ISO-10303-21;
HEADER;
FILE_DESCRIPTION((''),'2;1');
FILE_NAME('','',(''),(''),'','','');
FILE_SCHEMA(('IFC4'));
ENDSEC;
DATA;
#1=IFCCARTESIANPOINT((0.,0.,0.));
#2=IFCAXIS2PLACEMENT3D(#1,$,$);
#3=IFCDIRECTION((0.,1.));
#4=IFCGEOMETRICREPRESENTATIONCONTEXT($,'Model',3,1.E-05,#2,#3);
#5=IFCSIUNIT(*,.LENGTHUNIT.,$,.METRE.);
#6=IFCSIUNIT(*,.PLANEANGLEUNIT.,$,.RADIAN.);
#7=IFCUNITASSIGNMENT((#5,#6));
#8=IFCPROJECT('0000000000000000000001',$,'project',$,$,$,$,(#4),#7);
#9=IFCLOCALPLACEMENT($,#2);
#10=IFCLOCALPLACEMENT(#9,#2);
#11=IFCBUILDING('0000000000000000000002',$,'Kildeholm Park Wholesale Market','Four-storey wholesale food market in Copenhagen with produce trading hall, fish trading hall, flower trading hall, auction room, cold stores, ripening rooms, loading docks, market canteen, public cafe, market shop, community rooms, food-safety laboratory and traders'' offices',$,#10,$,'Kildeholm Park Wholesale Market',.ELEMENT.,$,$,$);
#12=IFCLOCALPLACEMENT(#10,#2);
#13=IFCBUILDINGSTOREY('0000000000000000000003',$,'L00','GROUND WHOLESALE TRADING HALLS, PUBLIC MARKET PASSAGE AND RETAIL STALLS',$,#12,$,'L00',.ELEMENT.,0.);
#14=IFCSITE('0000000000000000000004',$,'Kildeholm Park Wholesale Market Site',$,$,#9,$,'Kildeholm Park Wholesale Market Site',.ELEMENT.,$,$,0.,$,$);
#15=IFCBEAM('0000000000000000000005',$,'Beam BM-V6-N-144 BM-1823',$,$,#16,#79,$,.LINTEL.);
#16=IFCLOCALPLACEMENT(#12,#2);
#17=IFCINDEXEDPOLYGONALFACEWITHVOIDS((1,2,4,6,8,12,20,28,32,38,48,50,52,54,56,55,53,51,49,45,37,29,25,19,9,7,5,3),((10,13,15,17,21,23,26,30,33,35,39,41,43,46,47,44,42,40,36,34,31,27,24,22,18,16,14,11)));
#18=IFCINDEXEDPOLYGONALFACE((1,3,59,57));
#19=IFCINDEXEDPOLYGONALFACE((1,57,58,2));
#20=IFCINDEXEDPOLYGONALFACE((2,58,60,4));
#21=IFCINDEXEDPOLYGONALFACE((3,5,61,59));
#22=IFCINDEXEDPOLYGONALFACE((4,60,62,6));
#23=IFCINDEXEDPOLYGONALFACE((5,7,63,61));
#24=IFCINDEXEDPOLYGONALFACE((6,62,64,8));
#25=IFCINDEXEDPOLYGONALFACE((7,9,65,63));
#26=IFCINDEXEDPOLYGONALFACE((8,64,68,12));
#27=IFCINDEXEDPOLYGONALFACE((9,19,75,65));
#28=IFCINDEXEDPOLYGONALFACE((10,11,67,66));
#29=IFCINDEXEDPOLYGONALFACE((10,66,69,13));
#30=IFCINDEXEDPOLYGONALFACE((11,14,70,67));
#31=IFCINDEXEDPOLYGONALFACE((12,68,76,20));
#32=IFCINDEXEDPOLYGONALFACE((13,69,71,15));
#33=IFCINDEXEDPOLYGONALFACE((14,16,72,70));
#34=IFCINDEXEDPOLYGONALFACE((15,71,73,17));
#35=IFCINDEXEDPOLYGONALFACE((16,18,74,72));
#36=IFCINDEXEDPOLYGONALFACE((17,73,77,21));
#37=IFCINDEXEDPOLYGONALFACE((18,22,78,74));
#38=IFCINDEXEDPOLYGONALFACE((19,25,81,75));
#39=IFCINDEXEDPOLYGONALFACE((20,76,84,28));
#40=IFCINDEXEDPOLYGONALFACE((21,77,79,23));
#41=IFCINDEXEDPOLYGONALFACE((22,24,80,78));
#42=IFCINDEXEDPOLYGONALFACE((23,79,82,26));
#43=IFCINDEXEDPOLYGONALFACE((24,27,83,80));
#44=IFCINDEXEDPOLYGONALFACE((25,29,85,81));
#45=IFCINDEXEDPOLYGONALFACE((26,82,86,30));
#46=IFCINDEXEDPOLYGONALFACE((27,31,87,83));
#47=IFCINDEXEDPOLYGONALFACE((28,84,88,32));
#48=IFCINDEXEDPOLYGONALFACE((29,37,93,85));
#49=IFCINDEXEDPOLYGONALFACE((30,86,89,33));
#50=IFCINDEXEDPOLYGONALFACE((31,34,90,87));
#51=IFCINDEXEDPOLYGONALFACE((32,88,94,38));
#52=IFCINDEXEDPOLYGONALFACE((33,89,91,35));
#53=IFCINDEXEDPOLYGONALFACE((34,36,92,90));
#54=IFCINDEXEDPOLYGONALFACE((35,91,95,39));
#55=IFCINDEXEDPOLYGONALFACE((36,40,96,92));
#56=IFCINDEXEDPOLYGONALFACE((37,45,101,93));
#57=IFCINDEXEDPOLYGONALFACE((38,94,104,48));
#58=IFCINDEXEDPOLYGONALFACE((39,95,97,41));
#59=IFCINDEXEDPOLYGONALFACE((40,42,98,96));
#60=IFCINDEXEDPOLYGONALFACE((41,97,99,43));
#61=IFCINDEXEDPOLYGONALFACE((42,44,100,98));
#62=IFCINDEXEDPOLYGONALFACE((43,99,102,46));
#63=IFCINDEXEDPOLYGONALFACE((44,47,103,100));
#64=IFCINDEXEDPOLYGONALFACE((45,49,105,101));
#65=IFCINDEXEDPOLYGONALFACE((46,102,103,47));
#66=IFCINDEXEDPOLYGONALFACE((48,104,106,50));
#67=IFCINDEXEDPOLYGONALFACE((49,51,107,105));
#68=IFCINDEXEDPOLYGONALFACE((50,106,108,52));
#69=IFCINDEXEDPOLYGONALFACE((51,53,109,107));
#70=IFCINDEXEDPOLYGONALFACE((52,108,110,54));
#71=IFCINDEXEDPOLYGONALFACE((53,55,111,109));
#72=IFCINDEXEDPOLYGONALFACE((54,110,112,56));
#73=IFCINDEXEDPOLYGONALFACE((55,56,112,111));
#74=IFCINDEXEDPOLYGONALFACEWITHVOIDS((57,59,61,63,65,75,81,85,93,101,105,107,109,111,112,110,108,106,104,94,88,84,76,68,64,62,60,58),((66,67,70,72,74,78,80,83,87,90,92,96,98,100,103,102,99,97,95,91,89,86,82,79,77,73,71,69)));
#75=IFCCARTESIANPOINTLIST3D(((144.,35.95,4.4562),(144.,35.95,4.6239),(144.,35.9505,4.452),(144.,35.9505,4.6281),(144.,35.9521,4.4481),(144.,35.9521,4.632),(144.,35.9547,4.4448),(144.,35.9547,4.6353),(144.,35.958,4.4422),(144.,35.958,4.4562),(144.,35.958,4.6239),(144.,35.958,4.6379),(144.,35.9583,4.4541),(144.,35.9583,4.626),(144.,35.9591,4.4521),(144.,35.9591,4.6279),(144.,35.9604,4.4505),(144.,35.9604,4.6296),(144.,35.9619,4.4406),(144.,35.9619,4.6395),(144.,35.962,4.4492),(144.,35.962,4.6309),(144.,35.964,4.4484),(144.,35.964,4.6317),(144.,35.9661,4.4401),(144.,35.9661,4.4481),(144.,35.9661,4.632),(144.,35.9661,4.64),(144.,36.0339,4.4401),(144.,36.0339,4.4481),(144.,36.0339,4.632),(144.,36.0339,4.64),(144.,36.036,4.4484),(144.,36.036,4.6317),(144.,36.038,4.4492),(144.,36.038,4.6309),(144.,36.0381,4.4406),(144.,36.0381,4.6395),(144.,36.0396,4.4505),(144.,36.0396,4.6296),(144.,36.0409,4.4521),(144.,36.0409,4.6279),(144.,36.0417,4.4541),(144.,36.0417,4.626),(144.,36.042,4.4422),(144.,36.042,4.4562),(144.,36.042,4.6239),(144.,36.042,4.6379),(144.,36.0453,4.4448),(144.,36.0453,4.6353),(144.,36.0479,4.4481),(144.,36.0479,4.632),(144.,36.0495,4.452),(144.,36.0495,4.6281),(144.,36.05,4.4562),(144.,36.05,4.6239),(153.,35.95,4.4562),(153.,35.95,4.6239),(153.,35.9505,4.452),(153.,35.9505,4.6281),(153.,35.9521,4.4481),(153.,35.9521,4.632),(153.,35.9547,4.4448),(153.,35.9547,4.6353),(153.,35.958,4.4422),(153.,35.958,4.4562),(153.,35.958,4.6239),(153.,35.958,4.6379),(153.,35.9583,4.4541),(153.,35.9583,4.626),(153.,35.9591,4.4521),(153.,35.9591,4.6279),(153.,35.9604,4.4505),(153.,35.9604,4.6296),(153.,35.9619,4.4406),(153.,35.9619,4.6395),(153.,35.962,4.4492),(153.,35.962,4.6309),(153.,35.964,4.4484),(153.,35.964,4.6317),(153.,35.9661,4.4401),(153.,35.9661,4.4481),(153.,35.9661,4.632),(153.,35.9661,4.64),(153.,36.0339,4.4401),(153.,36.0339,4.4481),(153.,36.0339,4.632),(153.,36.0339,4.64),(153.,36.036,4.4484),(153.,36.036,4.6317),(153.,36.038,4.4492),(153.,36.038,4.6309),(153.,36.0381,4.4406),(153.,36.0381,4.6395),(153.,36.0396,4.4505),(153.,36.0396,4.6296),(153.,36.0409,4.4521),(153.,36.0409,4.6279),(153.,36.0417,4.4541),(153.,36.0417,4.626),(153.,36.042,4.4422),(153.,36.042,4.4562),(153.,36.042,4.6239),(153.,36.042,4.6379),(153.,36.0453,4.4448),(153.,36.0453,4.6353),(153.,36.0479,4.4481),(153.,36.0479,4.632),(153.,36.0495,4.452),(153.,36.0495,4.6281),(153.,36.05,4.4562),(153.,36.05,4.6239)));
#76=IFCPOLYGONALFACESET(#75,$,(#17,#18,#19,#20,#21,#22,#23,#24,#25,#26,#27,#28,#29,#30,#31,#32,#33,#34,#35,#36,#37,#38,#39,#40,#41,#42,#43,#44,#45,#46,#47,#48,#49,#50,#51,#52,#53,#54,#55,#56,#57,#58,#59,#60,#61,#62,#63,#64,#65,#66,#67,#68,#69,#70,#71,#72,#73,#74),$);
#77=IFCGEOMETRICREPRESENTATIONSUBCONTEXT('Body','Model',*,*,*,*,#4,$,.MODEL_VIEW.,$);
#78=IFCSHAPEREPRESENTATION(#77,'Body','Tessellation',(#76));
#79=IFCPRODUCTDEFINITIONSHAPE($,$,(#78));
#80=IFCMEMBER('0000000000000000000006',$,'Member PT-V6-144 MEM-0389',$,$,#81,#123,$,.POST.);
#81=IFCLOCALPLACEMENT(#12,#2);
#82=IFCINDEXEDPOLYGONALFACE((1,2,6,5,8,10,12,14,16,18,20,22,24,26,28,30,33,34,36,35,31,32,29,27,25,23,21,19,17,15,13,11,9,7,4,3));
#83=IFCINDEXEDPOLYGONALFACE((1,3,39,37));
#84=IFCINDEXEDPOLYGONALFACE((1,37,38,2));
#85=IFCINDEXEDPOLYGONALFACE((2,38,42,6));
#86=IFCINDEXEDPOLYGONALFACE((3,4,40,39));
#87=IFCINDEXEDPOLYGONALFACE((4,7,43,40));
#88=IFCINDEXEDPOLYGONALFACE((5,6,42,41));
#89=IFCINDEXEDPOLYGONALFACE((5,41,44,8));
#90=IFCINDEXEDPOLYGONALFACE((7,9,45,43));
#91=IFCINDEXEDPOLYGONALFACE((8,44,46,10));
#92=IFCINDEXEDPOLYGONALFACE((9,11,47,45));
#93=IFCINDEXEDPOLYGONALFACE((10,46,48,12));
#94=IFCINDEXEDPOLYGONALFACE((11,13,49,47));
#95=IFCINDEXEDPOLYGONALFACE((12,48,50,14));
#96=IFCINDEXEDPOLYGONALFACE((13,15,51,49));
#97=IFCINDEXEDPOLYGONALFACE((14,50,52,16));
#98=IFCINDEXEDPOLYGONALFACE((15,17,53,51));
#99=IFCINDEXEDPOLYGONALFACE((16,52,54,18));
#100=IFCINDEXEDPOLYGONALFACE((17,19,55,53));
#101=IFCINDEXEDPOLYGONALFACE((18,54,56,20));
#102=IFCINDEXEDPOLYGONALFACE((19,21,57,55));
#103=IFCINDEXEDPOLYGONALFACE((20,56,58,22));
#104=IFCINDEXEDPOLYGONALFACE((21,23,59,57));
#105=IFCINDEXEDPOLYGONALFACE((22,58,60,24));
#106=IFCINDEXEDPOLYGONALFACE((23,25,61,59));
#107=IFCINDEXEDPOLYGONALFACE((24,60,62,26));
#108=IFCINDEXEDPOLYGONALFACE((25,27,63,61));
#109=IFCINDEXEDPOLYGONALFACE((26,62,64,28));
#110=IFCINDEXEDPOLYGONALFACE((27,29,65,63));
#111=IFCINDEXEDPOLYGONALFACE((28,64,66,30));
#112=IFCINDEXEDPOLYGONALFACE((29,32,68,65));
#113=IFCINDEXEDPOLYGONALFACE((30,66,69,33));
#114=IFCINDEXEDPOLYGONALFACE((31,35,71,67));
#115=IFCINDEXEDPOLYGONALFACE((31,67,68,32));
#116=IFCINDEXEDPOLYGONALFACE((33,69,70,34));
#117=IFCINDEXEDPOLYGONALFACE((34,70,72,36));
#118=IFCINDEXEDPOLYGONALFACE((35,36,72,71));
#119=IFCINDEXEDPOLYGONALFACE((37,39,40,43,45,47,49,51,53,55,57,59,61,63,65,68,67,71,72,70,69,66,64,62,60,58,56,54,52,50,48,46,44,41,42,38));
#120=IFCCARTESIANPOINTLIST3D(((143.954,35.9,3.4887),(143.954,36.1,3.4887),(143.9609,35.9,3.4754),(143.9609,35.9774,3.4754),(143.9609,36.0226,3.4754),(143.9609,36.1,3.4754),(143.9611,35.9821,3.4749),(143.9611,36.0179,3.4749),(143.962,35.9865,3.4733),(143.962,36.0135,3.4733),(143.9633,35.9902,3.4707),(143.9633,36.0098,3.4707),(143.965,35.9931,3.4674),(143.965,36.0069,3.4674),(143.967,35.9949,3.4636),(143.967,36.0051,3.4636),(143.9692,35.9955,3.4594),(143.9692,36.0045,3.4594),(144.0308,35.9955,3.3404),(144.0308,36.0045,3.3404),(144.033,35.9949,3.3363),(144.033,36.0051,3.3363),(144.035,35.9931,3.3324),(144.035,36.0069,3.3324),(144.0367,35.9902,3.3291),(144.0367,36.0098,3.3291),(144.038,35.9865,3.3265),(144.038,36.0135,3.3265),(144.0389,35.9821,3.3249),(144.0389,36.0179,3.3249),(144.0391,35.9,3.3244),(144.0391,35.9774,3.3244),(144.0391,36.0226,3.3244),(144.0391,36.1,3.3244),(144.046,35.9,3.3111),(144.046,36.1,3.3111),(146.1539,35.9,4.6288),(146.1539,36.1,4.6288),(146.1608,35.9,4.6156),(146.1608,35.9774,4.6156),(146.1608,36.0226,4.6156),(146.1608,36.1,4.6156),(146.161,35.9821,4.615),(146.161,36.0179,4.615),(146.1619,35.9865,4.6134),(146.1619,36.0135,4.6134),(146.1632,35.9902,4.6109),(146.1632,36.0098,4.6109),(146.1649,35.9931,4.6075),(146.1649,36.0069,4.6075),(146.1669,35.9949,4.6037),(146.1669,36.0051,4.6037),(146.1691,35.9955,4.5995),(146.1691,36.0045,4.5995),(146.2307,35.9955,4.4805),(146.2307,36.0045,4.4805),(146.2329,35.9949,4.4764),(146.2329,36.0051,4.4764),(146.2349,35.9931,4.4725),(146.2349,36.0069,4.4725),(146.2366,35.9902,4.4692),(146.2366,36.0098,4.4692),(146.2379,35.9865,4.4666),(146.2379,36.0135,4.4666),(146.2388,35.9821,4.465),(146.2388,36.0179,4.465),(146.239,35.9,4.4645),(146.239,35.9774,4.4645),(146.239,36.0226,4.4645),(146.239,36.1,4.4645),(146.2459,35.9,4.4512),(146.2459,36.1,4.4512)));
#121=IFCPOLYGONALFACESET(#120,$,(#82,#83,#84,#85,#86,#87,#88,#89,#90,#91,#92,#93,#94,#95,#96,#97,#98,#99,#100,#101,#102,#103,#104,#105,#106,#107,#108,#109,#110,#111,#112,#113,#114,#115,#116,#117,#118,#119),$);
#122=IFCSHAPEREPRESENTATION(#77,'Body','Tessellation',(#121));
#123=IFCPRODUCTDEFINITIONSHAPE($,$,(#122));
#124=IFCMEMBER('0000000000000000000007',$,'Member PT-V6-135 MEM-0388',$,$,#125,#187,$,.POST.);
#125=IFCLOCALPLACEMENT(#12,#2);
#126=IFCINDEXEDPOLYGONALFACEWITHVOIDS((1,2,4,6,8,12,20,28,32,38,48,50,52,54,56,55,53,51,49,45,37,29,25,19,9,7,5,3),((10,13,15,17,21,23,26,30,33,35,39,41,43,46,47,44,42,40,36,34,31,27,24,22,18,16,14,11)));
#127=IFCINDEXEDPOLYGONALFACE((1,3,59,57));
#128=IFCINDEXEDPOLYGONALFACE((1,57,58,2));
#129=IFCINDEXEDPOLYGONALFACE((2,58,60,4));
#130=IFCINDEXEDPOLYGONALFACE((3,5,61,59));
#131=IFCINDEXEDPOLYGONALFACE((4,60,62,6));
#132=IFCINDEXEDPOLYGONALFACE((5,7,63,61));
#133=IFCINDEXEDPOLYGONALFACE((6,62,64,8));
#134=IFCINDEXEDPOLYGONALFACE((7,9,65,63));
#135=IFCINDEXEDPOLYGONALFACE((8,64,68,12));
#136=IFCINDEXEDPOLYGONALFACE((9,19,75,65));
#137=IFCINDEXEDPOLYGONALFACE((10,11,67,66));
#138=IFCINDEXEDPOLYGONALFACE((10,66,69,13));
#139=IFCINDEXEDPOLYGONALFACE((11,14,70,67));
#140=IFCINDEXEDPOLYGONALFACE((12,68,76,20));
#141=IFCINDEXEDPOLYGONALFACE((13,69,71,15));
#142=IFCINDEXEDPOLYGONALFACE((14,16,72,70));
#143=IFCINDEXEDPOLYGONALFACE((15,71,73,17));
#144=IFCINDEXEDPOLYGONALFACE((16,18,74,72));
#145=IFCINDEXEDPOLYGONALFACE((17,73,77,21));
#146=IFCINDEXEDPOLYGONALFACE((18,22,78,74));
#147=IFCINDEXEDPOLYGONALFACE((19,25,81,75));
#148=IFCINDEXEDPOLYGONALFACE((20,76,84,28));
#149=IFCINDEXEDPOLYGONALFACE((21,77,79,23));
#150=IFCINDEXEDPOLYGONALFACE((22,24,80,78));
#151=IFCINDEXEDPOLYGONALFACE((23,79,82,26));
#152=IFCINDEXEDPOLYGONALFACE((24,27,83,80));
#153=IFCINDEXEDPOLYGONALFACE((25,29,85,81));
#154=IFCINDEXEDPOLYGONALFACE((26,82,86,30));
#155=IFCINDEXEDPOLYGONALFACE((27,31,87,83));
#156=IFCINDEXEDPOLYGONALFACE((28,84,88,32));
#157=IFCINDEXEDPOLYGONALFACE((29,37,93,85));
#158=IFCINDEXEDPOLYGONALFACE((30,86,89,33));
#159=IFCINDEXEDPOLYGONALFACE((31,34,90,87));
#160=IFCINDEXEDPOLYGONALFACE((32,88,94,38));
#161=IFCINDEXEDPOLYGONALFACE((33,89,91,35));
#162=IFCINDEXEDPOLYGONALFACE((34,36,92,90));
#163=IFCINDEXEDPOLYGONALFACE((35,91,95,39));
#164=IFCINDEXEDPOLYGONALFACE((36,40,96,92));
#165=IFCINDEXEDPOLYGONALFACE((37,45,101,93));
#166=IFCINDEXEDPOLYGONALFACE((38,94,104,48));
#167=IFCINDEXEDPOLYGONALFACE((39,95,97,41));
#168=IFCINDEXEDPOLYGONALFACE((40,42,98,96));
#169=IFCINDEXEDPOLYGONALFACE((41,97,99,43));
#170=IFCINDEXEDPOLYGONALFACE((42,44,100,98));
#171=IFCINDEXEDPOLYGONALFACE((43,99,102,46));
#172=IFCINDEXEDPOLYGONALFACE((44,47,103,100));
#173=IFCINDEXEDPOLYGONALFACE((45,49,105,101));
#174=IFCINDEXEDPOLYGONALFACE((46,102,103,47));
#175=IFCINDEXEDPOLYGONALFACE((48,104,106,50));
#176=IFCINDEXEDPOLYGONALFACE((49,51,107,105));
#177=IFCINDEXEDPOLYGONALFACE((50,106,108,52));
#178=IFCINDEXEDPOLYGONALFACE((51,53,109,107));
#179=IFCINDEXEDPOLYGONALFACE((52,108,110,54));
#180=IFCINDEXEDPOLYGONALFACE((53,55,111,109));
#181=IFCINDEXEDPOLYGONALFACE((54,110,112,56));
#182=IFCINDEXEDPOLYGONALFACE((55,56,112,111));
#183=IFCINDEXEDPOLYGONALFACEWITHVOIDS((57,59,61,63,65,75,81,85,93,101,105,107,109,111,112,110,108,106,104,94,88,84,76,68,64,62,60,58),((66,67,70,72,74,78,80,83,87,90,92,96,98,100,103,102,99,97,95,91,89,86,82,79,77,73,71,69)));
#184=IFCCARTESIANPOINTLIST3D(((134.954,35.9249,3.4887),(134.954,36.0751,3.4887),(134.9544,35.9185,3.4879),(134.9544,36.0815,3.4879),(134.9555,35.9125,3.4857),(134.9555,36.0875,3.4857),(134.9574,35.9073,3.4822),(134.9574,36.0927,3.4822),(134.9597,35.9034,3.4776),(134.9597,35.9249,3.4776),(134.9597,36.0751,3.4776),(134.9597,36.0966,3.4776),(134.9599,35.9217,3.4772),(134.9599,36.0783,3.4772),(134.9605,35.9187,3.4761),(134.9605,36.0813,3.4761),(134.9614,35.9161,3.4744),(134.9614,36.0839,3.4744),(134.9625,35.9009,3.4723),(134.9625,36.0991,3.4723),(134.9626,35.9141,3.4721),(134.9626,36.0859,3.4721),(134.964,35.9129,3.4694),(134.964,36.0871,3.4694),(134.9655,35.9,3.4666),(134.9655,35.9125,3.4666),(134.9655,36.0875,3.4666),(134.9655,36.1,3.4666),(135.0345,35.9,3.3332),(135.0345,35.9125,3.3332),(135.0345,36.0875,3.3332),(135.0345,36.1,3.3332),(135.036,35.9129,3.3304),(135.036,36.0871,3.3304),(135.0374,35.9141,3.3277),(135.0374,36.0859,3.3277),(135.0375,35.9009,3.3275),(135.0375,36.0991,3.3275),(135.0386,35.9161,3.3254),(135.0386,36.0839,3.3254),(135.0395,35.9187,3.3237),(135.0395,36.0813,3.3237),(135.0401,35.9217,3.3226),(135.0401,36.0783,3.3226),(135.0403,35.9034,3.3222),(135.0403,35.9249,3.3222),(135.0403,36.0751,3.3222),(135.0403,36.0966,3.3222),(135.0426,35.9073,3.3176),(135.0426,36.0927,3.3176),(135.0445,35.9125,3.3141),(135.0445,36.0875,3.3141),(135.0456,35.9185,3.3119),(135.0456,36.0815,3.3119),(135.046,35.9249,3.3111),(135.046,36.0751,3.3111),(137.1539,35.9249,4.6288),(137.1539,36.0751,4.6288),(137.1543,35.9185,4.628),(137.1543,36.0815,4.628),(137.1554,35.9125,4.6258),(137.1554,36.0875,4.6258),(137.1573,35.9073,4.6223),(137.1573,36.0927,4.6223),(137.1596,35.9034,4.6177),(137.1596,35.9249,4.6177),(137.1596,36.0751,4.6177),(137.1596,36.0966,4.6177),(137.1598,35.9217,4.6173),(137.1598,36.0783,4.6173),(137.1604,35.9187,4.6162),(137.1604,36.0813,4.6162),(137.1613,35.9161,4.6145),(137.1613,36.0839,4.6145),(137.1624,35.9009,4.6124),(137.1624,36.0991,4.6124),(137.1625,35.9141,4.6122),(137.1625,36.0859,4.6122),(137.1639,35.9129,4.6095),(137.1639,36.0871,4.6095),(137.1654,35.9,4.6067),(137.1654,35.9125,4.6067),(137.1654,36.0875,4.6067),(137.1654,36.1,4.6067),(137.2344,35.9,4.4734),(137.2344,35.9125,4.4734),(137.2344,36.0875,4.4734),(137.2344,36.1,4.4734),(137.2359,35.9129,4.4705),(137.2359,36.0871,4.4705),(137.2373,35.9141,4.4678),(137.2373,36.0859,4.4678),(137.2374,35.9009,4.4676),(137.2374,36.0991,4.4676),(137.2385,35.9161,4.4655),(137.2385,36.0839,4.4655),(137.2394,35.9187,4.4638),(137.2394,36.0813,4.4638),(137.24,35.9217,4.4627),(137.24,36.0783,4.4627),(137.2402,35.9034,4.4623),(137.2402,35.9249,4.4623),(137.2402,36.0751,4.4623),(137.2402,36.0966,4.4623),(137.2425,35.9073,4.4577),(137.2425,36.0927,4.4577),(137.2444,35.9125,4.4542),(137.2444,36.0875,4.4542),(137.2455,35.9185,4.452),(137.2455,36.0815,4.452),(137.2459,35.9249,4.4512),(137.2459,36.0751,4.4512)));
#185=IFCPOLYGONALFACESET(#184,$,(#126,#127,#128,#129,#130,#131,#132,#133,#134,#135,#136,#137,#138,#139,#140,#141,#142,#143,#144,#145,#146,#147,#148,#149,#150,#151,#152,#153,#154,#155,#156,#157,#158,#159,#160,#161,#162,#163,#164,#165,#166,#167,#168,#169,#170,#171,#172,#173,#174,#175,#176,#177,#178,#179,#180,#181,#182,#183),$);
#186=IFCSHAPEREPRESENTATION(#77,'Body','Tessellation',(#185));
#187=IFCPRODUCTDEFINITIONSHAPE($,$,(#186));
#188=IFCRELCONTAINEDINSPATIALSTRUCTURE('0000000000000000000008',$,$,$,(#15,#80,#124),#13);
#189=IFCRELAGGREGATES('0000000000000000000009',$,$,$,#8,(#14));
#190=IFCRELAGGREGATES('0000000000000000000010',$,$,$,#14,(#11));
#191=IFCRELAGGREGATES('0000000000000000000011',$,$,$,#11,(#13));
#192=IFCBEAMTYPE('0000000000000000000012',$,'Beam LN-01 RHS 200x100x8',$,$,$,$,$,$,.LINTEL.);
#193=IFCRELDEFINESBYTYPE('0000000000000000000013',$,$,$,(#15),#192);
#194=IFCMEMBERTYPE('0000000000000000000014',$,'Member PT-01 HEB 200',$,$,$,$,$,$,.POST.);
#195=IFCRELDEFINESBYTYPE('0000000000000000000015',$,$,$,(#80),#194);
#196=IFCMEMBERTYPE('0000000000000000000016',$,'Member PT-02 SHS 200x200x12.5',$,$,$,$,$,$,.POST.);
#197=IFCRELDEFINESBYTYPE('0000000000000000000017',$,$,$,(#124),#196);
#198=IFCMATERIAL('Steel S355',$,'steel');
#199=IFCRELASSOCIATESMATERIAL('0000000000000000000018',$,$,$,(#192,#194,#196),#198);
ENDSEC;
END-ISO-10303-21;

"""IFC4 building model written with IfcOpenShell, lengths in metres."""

from ifc_helpers import new_model, si_unit, direction, frame, origin, origin_2d, place, context, subcontext, project, spatial, hollow_rectangle, i_section, extrude, material, material_profile, profile_set, type_object, element, save


model = new_model("IFC4")

# Units and contexts
model_context = context("Model", 3, precision=1e-05, world=origin(), true_north=direction((0.0, 1.0)))
body_context = subcontext(model_context, "Body", "Model", "MODEL_VIEW")
ifc_project = project(units=[si_unit("LENGTHUNIT", "METRE"), si_unit("PLANEANGLEUNIT", "RADIAN")], contexts=[model_context])

# Site, building, storey
site_placement = place(None, origin())
site = spatial("IfcSite", under=ifc_project, at=site_placement, Name="Kildeholm Park Wholesale Market Site", LongName="Kildeholm Park Wholesale Market Site", CompositionType="ELEMENT", RefElevation=0.0)
building_placement = place(site_placement, origin())
building = spatial("IfcBuilding", under=site, at=building_placement, Name="Kildeholm Park Wholesale Market", Description="Four-storey wholesale food market in Copenhagen with produce trading hall, fish trading hall, flower trading hall, auction room, cold stores, ripening rooms, loading docks, market canteen, public cafe, market shop, community rooms, food-safety laboratory and traders' offices", LongName="Kildeholm Park Wholesale Market", CompositionType="ELEMENT")
storey_placement = place(building_placement, origin())
storey = spatial("IfcBuildingStorey", under=building, at=storey_placement, Name="L00", Description="GROUND WHOLESALE TRADING HALLS, PUBLIC MARKET PASSAGE AND RETAIL STALLS", LongName="L00", CompositionType="ELEMENT", Elevation=0.0)

# Shared definitions
ifc_material_1 = material(Name="Steel S355", Category="steel")

# Beam
ifc_material_profile_1 = material_profile(ifc_material_1, hollow_rectangle(XDim=0.1001, YDim=0.2, WallThickness=0.0081, InnerFilletRadius=0.0081, OuterFilletRadius=0.0161, at=origin_2d()), Name="RHS 200x100x8")
ifc_profile_set_1 = profile_set([ifc_material_profile_1], Name="Steel S355")
beam_type = type_object("IfcBeamType", Name="Beam LN-01 RHS 200x100x8", PredefinedType="LINTEL", material=ifc_profile_set_1)
for number, where, z_axis, x_axis, name in (
    (1, (144.0, 36.0, 4.54), (1.0, 0.0, 0.0), (0.0, 1.0, 0.0), "Beam BM-V6-N-144 BM-1823"),
):
    element("IfcBeam", number, at=place(storey_placement, frame(where, z_axis=z_axis, x_axis=x_axis)), inside=storey, type_object=beam_type, Name=name, PredefinedType="LINTEL", context=body_context, shape_type="SweptSolid", body=[
        extrude(hollow_rectangle(XDim=0.1001, YDim=0.2, WallThickness=0.0081, InnerFilletRadius=0.0081, OuterFilletRadius=0.0161, at=origin_2d()), origin(), (0.0, 0.0, 1.0), 9.0),
    ])

# Members
ifc_material_profile_2 = material_profile(ifc_material_1, i_section(OverallWidth=0.2, OverallDepth=0.2, WebThickness=0.009, FlangeThickness=0.0149, FilletRadius=0.0181, at=origin_2d()), Name="HEB 200")
ifc_profile_set_2 = profile_set([ifc_material_profile_2], Name="Steel S355")
member_type_1 = type_object("IfcMemberType", Name="Member PT-01 HEB 200", PredefinedType="POST", material=ifc_profile_set_2)
member_1_placement = place(storey_placement, frame((144.0, 36.0, 3.3999), z_axis=(0.88785, 0.0, 0.460133), x_axis=(0.0, 1.0, 0.0)))
element("IfcMember", 2, at=member_1_placement, inside=storey, type_object=member_type_1, Name="Member PT-V6-144 MEM-0389", PredefinedType="POST", context=body_context, shape_type="SweptSolid", body=[
    extrude(i_section(OverallWidth=0.2, OverallDepth=0.2, WebThickness=0.009, FlangeThickness=0.0149, FilletRadius=0.0181, at=origin_2d()), origin(), (0.0, 0.0, 1.0), 2.4778),
])
ifc_material_profile_3 = material_profile(ifc_material_1, hollow_rectangle(XDim=0.2, YDim=0.2, WallThickness=0.0125, InnerFilletRadius=0.0125, OuterFilletRadius=0.0249, at=origin_2d()), Name="SHS 200x200x12.5")
ifc_profile_set_3 = profile_set([ifc_material_profile_3], Name="Steel S355")
member_type_2 = type_object("IfcMemberType", Name="Member PT-02 SHS 200x200x12.5", PredefinedType="POST", material=ifc_profile_set_3)
member_2_placement = place(storey_placement, frame((135.0, 36.0, 3.3999), z_axis=(0.88785, 0.0, 0.460133), x_axis=(0.0, 1.0, 0.0)))
element("IfcMember", 3, at=member_2_placement, inside=storey, type_object=member_type_2, Name="Member PT-V6-135 MEM-0388", PredefinedType="POST", context=body_context, shape_type="SweptSolid", body=[
    extrude(hollow_rectangle(XDim=0.2, YDim=0.2, WallThickness=0.0125, InnerFilletRadius=0.0125, OuterFilletRadius=0.0249, at=origin_2d()), origin(), (0.0, 0.0, 1.0), 2.4778),
])

save(model, "model.ifc")
